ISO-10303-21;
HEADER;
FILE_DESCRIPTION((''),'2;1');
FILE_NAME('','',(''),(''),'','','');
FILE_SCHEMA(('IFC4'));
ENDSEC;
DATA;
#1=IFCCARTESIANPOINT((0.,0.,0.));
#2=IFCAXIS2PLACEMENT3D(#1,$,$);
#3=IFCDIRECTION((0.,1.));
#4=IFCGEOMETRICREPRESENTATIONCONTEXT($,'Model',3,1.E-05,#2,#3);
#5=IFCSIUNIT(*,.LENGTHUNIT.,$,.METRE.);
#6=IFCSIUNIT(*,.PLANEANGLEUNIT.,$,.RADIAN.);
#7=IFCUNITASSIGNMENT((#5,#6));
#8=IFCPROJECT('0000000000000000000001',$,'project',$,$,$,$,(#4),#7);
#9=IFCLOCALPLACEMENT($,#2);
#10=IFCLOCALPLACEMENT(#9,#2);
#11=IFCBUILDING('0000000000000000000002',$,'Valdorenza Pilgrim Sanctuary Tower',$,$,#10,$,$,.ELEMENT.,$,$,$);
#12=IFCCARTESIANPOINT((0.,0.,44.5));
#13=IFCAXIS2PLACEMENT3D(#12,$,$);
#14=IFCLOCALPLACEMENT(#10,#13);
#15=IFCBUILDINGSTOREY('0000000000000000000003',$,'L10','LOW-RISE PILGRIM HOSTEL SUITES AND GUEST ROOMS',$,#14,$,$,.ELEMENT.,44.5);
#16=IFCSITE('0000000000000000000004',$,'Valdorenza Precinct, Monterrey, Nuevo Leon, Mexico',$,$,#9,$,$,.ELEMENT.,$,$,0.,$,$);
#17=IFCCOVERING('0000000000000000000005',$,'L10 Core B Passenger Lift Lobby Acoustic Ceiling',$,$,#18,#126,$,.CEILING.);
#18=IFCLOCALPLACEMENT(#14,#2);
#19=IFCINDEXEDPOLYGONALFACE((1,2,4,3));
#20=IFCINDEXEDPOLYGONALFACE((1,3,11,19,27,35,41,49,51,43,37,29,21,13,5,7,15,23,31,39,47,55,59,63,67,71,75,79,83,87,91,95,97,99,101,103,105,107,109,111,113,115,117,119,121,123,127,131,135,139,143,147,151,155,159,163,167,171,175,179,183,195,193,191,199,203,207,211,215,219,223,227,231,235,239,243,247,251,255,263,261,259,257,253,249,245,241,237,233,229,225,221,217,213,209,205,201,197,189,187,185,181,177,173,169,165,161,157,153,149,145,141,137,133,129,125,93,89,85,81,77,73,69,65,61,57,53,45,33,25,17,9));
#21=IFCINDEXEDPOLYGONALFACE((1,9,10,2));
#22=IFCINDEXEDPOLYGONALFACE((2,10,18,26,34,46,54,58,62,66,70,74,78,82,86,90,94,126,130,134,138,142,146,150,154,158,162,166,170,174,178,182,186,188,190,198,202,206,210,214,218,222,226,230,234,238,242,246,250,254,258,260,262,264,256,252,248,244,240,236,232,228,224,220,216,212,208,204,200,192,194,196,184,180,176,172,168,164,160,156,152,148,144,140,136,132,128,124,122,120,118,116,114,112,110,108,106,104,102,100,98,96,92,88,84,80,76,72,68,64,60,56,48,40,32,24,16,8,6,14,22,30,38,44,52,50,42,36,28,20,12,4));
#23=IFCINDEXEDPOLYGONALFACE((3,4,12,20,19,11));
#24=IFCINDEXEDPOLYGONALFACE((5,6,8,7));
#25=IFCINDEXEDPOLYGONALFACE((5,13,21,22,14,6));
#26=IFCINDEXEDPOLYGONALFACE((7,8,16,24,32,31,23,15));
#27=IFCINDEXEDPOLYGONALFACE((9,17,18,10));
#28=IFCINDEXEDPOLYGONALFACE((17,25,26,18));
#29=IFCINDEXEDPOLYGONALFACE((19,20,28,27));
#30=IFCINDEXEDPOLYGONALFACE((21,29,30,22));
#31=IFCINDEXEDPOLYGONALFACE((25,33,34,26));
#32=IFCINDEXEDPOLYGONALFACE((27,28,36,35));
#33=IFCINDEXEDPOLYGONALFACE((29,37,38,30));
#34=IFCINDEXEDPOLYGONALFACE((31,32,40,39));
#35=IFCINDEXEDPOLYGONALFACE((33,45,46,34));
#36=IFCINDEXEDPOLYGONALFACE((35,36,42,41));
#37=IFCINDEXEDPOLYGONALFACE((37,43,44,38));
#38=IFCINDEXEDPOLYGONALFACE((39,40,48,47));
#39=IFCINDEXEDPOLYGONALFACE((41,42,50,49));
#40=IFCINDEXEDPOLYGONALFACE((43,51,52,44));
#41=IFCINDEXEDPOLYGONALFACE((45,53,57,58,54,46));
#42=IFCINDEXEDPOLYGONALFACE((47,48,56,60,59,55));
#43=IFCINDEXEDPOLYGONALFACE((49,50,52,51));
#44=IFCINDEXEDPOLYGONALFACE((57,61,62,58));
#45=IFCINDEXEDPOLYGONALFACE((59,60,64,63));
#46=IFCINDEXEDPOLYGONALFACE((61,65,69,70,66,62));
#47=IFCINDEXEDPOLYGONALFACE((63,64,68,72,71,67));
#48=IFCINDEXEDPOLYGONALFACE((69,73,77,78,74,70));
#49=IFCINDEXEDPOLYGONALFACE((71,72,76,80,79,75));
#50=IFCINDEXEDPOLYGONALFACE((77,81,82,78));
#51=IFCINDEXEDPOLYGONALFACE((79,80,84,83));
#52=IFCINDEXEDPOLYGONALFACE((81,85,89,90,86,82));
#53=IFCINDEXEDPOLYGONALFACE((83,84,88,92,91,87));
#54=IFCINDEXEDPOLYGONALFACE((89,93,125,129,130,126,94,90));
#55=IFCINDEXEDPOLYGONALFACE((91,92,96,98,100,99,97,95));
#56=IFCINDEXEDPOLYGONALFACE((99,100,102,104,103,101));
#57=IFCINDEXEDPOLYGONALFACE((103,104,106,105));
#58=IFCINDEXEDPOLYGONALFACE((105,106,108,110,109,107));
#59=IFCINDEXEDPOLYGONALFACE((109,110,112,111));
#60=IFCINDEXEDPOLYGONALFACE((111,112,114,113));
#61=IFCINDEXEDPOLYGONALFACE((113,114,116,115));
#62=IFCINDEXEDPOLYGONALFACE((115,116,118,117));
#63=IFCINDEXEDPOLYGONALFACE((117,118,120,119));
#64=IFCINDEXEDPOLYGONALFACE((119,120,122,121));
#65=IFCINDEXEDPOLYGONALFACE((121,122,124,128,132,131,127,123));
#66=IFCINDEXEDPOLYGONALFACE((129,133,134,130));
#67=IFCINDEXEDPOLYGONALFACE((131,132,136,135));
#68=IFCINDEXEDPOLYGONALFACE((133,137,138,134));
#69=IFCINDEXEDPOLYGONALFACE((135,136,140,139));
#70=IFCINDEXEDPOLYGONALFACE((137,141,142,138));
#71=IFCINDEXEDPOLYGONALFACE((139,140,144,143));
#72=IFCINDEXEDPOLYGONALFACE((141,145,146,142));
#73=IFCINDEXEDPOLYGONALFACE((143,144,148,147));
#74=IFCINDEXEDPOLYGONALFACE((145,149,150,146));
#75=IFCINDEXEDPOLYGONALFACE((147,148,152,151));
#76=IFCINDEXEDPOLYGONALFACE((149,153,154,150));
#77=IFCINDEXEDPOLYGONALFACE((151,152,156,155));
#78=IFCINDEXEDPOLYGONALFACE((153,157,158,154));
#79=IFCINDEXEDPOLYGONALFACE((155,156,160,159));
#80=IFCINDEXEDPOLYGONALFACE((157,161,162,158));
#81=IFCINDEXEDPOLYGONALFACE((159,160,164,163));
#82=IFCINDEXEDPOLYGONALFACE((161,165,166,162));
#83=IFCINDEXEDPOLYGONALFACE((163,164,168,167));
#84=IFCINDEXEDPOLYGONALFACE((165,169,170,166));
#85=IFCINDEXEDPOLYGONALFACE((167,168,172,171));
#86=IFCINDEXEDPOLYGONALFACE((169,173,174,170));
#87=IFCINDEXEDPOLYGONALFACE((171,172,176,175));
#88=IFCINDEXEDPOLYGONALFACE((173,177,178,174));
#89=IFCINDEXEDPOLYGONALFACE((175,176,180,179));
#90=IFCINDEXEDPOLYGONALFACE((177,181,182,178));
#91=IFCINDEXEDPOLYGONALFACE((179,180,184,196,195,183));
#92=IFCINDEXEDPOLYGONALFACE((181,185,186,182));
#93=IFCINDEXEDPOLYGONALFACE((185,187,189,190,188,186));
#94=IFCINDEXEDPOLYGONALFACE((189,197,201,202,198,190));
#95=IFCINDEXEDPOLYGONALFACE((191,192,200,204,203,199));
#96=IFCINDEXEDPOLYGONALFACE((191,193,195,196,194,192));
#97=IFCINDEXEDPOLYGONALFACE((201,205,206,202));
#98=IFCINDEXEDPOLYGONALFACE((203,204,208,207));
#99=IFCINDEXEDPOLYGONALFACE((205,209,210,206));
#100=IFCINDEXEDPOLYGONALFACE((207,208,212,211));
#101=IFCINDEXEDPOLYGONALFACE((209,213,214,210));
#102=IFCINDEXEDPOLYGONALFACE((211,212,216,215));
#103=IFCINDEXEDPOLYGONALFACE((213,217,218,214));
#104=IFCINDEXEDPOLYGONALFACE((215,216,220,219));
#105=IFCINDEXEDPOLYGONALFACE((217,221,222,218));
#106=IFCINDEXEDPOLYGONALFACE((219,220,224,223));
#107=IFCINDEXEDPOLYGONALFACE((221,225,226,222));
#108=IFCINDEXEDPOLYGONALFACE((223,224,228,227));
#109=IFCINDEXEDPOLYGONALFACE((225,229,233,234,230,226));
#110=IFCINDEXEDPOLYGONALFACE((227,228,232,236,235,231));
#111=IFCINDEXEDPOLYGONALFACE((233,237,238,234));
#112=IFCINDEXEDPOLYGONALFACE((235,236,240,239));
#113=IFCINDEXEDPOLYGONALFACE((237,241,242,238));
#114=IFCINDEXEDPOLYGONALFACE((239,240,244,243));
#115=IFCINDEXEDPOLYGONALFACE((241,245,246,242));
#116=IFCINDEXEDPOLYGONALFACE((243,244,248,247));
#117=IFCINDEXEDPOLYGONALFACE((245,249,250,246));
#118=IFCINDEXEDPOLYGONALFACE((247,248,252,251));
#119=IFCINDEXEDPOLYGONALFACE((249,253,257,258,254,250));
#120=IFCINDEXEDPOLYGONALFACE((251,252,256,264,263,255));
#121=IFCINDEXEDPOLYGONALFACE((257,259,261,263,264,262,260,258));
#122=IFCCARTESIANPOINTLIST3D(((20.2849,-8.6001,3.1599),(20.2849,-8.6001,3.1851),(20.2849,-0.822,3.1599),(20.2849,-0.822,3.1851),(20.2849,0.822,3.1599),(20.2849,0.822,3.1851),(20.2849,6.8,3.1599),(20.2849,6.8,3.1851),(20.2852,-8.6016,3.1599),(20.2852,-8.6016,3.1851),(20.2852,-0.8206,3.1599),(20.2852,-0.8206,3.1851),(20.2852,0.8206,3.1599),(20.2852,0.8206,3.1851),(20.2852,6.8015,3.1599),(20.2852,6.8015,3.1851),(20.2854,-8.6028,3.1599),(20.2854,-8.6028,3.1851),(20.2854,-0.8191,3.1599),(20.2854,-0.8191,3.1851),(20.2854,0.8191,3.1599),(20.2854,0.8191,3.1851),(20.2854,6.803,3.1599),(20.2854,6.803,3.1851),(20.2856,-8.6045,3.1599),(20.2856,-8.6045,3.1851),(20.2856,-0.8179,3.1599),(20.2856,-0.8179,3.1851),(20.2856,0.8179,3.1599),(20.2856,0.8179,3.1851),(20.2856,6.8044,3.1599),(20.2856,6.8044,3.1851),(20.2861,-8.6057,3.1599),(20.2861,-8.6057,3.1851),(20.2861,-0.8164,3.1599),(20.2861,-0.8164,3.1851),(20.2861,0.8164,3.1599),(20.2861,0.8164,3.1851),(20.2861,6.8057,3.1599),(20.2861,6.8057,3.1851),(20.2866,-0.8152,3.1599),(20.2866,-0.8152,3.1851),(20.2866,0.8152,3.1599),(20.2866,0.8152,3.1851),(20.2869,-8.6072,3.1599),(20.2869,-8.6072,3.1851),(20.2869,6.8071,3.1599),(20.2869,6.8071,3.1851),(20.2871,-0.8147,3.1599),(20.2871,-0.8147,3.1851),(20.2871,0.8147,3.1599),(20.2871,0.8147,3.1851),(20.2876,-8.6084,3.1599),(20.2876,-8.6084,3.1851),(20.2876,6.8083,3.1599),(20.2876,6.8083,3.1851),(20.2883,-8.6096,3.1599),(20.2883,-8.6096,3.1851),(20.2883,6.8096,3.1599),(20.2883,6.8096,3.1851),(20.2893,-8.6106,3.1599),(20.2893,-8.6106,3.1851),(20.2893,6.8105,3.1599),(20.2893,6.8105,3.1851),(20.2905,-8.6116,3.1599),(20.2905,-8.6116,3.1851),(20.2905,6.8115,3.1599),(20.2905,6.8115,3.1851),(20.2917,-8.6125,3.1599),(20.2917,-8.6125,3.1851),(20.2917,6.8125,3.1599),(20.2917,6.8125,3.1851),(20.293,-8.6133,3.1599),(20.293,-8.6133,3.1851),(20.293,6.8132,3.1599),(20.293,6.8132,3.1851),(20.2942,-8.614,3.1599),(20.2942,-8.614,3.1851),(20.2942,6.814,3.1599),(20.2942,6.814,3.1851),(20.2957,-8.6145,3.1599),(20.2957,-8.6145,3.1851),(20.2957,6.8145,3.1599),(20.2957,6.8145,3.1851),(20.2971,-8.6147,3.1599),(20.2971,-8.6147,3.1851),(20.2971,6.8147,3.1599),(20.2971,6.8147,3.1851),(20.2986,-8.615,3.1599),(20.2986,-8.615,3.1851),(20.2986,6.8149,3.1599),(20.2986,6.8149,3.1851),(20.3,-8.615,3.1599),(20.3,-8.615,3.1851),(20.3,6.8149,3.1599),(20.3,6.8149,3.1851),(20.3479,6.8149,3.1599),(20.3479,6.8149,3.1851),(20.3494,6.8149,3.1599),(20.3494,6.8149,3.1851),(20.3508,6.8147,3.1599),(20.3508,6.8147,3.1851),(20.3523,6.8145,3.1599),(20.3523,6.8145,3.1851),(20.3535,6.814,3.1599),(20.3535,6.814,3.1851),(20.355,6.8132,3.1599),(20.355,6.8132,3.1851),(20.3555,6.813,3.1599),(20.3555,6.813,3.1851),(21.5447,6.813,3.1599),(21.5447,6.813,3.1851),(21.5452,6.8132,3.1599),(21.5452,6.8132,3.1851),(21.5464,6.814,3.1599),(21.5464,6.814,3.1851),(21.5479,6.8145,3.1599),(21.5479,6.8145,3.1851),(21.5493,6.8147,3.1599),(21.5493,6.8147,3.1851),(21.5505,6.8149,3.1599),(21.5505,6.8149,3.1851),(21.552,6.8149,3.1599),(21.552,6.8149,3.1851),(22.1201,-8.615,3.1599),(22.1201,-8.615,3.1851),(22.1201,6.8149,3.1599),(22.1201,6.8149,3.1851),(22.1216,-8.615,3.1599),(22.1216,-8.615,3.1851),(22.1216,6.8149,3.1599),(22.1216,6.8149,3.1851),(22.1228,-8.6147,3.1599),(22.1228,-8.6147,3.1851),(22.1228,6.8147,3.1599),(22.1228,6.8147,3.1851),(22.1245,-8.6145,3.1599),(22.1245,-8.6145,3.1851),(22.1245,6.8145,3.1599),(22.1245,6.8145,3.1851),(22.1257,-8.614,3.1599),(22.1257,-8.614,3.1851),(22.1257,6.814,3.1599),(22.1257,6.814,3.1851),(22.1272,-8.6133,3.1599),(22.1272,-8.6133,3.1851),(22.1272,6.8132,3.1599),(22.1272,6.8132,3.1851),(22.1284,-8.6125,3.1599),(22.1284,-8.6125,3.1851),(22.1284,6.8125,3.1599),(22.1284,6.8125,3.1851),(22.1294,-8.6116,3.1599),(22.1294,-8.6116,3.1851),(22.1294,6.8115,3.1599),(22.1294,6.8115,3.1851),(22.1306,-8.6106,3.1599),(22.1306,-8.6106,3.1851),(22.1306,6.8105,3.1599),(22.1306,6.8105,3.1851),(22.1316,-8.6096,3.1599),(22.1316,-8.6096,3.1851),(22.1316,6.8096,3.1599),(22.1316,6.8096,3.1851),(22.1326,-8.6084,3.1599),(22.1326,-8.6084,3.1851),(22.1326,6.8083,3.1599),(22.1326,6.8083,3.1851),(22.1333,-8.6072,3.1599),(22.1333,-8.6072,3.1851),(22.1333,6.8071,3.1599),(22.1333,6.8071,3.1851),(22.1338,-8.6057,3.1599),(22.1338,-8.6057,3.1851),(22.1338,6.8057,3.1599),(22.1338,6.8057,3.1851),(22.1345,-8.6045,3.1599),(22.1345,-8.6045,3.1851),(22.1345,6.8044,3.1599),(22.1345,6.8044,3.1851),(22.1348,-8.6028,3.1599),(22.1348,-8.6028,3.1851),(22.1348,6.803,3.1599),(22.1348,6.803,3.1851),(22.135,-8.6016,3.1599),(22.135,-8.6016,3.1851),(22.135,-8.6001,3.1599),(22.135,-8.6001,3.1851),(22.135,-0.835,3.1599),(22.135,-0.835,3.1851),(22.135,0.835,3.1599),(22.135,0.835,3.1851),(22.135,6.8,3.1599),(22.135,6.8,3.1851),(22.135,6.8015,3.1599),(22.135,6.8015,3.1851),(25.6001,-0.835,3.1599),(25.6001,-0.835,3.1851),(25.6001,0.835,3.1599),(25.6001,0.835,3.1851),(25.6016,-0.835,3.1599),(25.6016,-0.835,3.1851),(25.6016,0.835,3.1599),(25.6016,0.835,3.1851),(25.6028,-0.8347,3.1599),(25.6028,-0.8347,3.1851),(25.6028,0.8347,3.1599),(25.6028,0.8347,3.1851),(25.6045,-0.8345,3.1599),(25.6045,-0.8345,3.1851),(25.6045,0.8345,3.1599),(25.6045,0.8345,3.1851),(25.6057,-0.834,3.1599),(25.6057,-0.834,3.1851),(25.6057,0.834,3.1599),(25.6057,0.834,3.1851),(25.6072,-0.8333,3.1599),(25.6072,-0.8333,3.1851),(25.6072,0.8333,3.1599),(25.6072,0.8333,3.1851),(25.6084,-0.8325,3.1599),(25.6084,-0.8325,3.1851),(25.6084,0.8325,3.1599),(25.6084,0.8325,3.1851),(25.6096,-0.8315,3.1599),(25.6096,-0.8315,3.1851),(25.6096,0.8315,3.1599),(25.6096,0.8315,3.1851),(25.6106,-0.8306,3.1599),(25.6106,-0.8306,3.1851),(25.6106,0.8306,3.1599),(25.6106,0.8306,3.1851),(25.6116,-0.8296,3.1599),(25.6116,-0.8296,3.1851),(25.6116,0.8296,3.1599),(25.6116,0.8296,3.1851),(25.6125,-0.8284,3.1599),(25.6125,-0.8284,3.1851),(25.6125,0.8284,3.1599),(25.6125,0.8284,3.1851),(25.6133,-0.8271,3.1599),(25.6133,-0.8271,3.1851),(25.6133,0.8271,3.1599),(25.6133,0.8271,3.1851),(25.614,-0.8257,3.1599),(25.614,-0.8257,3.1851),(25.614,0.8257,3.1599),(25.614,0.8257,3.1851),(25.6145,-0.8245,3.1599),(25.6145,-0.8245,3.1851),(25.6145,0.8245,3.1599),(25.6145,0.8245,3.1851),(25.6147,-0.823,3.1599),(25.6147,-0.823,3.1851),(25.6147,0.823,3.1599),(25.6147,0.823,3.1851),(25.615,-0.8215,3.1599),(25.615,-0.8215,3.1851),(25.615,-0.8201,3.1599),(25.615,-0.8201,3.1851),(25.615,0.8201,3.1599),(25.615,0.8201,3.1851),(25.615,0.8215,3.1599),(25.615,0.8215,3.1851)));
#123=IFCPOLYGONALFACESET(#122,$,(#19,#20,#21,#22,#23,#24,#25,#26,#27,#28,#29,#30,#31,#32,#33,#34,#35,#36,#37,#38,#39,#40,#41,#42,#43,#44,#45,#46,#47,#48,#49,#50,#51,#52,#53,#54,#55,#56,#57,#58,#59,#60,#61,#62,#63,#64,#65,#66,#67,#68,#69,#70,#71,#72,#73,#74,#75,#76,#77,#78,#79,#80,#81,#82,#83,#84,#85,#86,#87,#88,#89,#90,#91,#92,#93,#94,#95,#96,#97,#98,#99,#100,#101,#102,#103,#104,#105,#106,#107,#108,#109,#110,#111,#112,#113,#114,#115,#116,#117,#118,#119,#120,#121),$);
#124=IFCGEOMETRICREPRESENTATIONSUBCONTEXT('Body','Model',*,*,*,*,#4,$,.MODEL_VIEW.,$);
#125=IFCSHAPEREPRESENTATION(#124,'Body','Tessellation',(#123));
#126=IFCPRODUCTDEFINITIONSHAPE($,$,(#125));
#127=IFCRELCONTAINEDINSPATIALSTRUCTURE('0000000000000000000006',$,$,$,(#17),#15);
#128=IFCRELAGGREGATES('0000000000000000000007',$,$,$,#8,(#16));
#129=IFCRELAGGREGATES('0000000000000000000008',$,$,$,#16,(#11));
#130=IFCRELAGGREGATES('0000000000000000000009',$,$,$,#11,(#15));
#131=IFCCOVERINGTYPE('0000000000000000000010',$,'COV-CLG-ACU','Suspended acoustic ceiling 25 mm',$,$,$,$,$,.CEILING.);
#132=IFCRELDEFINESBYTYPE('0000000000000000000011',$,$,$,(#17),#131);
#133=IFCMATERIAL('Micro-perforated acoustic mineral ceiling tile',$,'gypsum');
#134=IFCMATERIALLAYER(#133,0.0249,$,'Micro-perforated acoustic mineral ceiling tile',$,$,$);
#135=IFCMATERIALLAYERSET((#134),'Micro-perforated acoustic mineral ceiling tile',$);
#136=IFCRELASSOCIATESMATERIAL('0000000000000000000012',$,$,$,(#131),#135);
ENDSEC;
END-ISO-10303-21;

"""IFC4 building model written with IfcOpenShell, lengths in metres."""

from ifc_helpers import new_model, si_unit, direction, frame, origin, place, context, subcontext, project, spatial, polyline, outline, extrude, material, layer, layer_set, type_object, element, save


model = new_model("IFC4")

# Units and contexts
model_context = context("Model", 3, precision=1e-05, world=origin(), true_north=direction((0.0, 1.0)))
body_context = subcontext(model_context, "Body", "Model", "MODEL_VIEW")
ifc_project = project(units=[si_unit("LENGTHUNIT", "METRE"), si_unit("PLANEANGLEUNIT", "RADIAN")], contexts=[model_context])

# Site, building, storey
site_placement = place(None, origin())
site = spatial("IfcSite", under=ifc_project, at=site_placement, Name="Valdorenza Precinct, Monterrey, Nuevo Leon, Mexico", CompositionType="ELEMENT", RefElevation=0.0)
building_placement = place(site_placement, origin())
building = spatial("IfcBuilding", under=site, at=building_placement, Name="Valdorenza Pilgrim Sanctuary Tower", CompositionType="ELEMENT")
storey_placement = place(building_placement, frame((0.0, 0.0, 44.5)))
storey = spatial("IfcBuildingStorey", under=building, at=storey_placement, Name="L10", Description="LOW-RISE PILGRIM HOSTEL SUITES AND GUEST ROOMS", CompositionType="ELEMENT", Elevation=44.5)

# Covering
ifc_material_1 = material(Name="Micro-perforated acoustic mineral ceiling tile", Category="gypsum")
ifc_layer_1 = layer(ifc_material_1, 0.0249, Name="Micro-perforated acoustic mineral ceiling tile")
ifc_layer_set_1 = layer_set([ifc_layer_1], Name="Micro-perforated acoustic mineral ceiling tile")
covering_type_1 = type_object("IfcCoveringType", Name="COV-CLG-ACU", Description="Suspended acoustic ceiling 25 mm", PredefinedType="CEILING", material=ifc_layer_set_1)
covering_1_placement = place(storey_placement, frame((0.0, 0.0, 3.1599)))
element("IfcCovering", 1, at=covering_1_placement, inside=storey, type_object=covering_type_1, Name="L10 Core B Passenger Lift Lobby Acoustic Ceiling", PredefinedType="CEILING", context=body_context, shape_type="SweptSolid", body=[
    extrude(outline(polyline([(20.2871, -0.8147), (20.2871, 0.8147), (20.2866, 0.8152), (20.2861, 0.8164), (20.2856, 0.8179), (20.2854, 0.8191), (20.2852, 0.8206), (20.2849, 0.822), (20.2849, 6.8), (20.2852, 6.8015), (20.2854, 6.803), (20.2856, 6.8044), (20.2861, 6.8057), (20.2869, 6.8071), (20.2876, 6.8083), (20.2883, 6.8096), (20.2893, 6.8105), (20.2905, 6.8115), (20.2917, 6.8125), (20.293, 6.8132), (20.2942, 6.814), (20.2957, 6.8145), (20.2971, 6.8147), (20.2986, 6.8149), (20.3, 6.8149), (20.3479, 6.8149), (20.3494, 6.8149), (20.3508, 6.8147), (20.3523, 6.8145), (20.3535, 6.814), (20.355, 6.8132), (20.3555, 6.813), (21.5447, 6.813), (21.5452, 6.8132), (21.5464, 6.814), (21.5479, 6.8145), (21.5493, 6.8147), (21.5505, 6.8149), (21.552, 6.8149), (22.1201, 6.8149), (22.1216, 6.8149), (22.1228, 6.8147), (22.1245, 6.8145), (22.1257, 6.814), (22.1272, 6.8132), (22.1284, 6.8125), (22.1294, 6.8115), (22.1306, 6.8105), (22.1316, 6.8096), (22.1326, 6.8083), (22.1333, 6.8071), (22.1338, 6.8057), (22.1345, 6.8044), (22.1348, 6.803), (22.135, 6.8015), (22.135, 6.8), (22.135, 0.835), (25.6001, 0.835), (25.6016, 0.835), (25.6028, 0.8347), (25.6045, 0.8345), (25.6057, 0.834), (25.6072, 0.8333), (25.6084, 0.8325), (25.6096, 0.8315), (25.6106, 0.8306), (25.6116, 0.8296), (25.6125, 0.8284), (25.6133, 0.8271), (25.614, 0.8257), (25.6145, 0.8245), (25.6147, 0.823), (25.615, 0.8215), (25.615, 0.8201), (25.615, -0.8201), (25.615, -0.8215), (25.6147, -0.823), (25.6145, -0.8245), (25.614, -0.8257), (25.6133, -0.8271), (25.6125, -0.8284), (25.6116, -0.8296), (25.6106, -0.8306), (25.6096, -0.8315), (25.6084, -0.8325), (25.6072, -0.8333), (25.6057, -0.834), (25.6045, -0.8345), (25.6028, -0.8347), (25.6016, -0.835), (25.6001, -0.835), (22.135, -0.835), (22.135, -8.6001), (22.135, -8.6016), (22.1348, -8.6028), (22.1345, -8.6045), (22.1338, -8.6057), (22.1333, -8.6072), (22.1326, -8.6084), (22.1316, -8.6096), (22.1306, -8.6106), (22.1294, -8.6116), (22.1284, -8.6125), (22.1272, -8.6133), (22.1257, -8.614), (22.1245, -8.6145), (22.1228, -8.6147), (22.1216, -8.615), (22.1201, -8.615), (20.3, -8.615), (20.2986, -8.615), (20.2971, -8.6147), (20.2957, -8.6145), (20.2942, -8.614), (20.293, -8.6133), (20.2917, -8.6125), (20.2905, -8.6116), (20.2893, -8.6106), (20.2883, -8.6096), (20.2876, -8.6084), (20.2869, -8.6072), (20.2861, -8.6057), (20.2856, -8.6045), (20.2854, -8.6028), (20.2852, -8.6016), (20.2849, -8.6001), (20.2849, -0.822), (20.2852, -0.8206), (20.2854, -0.8191), (20.2856, -0.8179), (20.2861, -0.8164), (20.2866, -0.8152), (20.2871, -0.8147)])), origin(), (0.0, 0.0, 1.0), 0.0251),
])

save(model, "model.ifc")
